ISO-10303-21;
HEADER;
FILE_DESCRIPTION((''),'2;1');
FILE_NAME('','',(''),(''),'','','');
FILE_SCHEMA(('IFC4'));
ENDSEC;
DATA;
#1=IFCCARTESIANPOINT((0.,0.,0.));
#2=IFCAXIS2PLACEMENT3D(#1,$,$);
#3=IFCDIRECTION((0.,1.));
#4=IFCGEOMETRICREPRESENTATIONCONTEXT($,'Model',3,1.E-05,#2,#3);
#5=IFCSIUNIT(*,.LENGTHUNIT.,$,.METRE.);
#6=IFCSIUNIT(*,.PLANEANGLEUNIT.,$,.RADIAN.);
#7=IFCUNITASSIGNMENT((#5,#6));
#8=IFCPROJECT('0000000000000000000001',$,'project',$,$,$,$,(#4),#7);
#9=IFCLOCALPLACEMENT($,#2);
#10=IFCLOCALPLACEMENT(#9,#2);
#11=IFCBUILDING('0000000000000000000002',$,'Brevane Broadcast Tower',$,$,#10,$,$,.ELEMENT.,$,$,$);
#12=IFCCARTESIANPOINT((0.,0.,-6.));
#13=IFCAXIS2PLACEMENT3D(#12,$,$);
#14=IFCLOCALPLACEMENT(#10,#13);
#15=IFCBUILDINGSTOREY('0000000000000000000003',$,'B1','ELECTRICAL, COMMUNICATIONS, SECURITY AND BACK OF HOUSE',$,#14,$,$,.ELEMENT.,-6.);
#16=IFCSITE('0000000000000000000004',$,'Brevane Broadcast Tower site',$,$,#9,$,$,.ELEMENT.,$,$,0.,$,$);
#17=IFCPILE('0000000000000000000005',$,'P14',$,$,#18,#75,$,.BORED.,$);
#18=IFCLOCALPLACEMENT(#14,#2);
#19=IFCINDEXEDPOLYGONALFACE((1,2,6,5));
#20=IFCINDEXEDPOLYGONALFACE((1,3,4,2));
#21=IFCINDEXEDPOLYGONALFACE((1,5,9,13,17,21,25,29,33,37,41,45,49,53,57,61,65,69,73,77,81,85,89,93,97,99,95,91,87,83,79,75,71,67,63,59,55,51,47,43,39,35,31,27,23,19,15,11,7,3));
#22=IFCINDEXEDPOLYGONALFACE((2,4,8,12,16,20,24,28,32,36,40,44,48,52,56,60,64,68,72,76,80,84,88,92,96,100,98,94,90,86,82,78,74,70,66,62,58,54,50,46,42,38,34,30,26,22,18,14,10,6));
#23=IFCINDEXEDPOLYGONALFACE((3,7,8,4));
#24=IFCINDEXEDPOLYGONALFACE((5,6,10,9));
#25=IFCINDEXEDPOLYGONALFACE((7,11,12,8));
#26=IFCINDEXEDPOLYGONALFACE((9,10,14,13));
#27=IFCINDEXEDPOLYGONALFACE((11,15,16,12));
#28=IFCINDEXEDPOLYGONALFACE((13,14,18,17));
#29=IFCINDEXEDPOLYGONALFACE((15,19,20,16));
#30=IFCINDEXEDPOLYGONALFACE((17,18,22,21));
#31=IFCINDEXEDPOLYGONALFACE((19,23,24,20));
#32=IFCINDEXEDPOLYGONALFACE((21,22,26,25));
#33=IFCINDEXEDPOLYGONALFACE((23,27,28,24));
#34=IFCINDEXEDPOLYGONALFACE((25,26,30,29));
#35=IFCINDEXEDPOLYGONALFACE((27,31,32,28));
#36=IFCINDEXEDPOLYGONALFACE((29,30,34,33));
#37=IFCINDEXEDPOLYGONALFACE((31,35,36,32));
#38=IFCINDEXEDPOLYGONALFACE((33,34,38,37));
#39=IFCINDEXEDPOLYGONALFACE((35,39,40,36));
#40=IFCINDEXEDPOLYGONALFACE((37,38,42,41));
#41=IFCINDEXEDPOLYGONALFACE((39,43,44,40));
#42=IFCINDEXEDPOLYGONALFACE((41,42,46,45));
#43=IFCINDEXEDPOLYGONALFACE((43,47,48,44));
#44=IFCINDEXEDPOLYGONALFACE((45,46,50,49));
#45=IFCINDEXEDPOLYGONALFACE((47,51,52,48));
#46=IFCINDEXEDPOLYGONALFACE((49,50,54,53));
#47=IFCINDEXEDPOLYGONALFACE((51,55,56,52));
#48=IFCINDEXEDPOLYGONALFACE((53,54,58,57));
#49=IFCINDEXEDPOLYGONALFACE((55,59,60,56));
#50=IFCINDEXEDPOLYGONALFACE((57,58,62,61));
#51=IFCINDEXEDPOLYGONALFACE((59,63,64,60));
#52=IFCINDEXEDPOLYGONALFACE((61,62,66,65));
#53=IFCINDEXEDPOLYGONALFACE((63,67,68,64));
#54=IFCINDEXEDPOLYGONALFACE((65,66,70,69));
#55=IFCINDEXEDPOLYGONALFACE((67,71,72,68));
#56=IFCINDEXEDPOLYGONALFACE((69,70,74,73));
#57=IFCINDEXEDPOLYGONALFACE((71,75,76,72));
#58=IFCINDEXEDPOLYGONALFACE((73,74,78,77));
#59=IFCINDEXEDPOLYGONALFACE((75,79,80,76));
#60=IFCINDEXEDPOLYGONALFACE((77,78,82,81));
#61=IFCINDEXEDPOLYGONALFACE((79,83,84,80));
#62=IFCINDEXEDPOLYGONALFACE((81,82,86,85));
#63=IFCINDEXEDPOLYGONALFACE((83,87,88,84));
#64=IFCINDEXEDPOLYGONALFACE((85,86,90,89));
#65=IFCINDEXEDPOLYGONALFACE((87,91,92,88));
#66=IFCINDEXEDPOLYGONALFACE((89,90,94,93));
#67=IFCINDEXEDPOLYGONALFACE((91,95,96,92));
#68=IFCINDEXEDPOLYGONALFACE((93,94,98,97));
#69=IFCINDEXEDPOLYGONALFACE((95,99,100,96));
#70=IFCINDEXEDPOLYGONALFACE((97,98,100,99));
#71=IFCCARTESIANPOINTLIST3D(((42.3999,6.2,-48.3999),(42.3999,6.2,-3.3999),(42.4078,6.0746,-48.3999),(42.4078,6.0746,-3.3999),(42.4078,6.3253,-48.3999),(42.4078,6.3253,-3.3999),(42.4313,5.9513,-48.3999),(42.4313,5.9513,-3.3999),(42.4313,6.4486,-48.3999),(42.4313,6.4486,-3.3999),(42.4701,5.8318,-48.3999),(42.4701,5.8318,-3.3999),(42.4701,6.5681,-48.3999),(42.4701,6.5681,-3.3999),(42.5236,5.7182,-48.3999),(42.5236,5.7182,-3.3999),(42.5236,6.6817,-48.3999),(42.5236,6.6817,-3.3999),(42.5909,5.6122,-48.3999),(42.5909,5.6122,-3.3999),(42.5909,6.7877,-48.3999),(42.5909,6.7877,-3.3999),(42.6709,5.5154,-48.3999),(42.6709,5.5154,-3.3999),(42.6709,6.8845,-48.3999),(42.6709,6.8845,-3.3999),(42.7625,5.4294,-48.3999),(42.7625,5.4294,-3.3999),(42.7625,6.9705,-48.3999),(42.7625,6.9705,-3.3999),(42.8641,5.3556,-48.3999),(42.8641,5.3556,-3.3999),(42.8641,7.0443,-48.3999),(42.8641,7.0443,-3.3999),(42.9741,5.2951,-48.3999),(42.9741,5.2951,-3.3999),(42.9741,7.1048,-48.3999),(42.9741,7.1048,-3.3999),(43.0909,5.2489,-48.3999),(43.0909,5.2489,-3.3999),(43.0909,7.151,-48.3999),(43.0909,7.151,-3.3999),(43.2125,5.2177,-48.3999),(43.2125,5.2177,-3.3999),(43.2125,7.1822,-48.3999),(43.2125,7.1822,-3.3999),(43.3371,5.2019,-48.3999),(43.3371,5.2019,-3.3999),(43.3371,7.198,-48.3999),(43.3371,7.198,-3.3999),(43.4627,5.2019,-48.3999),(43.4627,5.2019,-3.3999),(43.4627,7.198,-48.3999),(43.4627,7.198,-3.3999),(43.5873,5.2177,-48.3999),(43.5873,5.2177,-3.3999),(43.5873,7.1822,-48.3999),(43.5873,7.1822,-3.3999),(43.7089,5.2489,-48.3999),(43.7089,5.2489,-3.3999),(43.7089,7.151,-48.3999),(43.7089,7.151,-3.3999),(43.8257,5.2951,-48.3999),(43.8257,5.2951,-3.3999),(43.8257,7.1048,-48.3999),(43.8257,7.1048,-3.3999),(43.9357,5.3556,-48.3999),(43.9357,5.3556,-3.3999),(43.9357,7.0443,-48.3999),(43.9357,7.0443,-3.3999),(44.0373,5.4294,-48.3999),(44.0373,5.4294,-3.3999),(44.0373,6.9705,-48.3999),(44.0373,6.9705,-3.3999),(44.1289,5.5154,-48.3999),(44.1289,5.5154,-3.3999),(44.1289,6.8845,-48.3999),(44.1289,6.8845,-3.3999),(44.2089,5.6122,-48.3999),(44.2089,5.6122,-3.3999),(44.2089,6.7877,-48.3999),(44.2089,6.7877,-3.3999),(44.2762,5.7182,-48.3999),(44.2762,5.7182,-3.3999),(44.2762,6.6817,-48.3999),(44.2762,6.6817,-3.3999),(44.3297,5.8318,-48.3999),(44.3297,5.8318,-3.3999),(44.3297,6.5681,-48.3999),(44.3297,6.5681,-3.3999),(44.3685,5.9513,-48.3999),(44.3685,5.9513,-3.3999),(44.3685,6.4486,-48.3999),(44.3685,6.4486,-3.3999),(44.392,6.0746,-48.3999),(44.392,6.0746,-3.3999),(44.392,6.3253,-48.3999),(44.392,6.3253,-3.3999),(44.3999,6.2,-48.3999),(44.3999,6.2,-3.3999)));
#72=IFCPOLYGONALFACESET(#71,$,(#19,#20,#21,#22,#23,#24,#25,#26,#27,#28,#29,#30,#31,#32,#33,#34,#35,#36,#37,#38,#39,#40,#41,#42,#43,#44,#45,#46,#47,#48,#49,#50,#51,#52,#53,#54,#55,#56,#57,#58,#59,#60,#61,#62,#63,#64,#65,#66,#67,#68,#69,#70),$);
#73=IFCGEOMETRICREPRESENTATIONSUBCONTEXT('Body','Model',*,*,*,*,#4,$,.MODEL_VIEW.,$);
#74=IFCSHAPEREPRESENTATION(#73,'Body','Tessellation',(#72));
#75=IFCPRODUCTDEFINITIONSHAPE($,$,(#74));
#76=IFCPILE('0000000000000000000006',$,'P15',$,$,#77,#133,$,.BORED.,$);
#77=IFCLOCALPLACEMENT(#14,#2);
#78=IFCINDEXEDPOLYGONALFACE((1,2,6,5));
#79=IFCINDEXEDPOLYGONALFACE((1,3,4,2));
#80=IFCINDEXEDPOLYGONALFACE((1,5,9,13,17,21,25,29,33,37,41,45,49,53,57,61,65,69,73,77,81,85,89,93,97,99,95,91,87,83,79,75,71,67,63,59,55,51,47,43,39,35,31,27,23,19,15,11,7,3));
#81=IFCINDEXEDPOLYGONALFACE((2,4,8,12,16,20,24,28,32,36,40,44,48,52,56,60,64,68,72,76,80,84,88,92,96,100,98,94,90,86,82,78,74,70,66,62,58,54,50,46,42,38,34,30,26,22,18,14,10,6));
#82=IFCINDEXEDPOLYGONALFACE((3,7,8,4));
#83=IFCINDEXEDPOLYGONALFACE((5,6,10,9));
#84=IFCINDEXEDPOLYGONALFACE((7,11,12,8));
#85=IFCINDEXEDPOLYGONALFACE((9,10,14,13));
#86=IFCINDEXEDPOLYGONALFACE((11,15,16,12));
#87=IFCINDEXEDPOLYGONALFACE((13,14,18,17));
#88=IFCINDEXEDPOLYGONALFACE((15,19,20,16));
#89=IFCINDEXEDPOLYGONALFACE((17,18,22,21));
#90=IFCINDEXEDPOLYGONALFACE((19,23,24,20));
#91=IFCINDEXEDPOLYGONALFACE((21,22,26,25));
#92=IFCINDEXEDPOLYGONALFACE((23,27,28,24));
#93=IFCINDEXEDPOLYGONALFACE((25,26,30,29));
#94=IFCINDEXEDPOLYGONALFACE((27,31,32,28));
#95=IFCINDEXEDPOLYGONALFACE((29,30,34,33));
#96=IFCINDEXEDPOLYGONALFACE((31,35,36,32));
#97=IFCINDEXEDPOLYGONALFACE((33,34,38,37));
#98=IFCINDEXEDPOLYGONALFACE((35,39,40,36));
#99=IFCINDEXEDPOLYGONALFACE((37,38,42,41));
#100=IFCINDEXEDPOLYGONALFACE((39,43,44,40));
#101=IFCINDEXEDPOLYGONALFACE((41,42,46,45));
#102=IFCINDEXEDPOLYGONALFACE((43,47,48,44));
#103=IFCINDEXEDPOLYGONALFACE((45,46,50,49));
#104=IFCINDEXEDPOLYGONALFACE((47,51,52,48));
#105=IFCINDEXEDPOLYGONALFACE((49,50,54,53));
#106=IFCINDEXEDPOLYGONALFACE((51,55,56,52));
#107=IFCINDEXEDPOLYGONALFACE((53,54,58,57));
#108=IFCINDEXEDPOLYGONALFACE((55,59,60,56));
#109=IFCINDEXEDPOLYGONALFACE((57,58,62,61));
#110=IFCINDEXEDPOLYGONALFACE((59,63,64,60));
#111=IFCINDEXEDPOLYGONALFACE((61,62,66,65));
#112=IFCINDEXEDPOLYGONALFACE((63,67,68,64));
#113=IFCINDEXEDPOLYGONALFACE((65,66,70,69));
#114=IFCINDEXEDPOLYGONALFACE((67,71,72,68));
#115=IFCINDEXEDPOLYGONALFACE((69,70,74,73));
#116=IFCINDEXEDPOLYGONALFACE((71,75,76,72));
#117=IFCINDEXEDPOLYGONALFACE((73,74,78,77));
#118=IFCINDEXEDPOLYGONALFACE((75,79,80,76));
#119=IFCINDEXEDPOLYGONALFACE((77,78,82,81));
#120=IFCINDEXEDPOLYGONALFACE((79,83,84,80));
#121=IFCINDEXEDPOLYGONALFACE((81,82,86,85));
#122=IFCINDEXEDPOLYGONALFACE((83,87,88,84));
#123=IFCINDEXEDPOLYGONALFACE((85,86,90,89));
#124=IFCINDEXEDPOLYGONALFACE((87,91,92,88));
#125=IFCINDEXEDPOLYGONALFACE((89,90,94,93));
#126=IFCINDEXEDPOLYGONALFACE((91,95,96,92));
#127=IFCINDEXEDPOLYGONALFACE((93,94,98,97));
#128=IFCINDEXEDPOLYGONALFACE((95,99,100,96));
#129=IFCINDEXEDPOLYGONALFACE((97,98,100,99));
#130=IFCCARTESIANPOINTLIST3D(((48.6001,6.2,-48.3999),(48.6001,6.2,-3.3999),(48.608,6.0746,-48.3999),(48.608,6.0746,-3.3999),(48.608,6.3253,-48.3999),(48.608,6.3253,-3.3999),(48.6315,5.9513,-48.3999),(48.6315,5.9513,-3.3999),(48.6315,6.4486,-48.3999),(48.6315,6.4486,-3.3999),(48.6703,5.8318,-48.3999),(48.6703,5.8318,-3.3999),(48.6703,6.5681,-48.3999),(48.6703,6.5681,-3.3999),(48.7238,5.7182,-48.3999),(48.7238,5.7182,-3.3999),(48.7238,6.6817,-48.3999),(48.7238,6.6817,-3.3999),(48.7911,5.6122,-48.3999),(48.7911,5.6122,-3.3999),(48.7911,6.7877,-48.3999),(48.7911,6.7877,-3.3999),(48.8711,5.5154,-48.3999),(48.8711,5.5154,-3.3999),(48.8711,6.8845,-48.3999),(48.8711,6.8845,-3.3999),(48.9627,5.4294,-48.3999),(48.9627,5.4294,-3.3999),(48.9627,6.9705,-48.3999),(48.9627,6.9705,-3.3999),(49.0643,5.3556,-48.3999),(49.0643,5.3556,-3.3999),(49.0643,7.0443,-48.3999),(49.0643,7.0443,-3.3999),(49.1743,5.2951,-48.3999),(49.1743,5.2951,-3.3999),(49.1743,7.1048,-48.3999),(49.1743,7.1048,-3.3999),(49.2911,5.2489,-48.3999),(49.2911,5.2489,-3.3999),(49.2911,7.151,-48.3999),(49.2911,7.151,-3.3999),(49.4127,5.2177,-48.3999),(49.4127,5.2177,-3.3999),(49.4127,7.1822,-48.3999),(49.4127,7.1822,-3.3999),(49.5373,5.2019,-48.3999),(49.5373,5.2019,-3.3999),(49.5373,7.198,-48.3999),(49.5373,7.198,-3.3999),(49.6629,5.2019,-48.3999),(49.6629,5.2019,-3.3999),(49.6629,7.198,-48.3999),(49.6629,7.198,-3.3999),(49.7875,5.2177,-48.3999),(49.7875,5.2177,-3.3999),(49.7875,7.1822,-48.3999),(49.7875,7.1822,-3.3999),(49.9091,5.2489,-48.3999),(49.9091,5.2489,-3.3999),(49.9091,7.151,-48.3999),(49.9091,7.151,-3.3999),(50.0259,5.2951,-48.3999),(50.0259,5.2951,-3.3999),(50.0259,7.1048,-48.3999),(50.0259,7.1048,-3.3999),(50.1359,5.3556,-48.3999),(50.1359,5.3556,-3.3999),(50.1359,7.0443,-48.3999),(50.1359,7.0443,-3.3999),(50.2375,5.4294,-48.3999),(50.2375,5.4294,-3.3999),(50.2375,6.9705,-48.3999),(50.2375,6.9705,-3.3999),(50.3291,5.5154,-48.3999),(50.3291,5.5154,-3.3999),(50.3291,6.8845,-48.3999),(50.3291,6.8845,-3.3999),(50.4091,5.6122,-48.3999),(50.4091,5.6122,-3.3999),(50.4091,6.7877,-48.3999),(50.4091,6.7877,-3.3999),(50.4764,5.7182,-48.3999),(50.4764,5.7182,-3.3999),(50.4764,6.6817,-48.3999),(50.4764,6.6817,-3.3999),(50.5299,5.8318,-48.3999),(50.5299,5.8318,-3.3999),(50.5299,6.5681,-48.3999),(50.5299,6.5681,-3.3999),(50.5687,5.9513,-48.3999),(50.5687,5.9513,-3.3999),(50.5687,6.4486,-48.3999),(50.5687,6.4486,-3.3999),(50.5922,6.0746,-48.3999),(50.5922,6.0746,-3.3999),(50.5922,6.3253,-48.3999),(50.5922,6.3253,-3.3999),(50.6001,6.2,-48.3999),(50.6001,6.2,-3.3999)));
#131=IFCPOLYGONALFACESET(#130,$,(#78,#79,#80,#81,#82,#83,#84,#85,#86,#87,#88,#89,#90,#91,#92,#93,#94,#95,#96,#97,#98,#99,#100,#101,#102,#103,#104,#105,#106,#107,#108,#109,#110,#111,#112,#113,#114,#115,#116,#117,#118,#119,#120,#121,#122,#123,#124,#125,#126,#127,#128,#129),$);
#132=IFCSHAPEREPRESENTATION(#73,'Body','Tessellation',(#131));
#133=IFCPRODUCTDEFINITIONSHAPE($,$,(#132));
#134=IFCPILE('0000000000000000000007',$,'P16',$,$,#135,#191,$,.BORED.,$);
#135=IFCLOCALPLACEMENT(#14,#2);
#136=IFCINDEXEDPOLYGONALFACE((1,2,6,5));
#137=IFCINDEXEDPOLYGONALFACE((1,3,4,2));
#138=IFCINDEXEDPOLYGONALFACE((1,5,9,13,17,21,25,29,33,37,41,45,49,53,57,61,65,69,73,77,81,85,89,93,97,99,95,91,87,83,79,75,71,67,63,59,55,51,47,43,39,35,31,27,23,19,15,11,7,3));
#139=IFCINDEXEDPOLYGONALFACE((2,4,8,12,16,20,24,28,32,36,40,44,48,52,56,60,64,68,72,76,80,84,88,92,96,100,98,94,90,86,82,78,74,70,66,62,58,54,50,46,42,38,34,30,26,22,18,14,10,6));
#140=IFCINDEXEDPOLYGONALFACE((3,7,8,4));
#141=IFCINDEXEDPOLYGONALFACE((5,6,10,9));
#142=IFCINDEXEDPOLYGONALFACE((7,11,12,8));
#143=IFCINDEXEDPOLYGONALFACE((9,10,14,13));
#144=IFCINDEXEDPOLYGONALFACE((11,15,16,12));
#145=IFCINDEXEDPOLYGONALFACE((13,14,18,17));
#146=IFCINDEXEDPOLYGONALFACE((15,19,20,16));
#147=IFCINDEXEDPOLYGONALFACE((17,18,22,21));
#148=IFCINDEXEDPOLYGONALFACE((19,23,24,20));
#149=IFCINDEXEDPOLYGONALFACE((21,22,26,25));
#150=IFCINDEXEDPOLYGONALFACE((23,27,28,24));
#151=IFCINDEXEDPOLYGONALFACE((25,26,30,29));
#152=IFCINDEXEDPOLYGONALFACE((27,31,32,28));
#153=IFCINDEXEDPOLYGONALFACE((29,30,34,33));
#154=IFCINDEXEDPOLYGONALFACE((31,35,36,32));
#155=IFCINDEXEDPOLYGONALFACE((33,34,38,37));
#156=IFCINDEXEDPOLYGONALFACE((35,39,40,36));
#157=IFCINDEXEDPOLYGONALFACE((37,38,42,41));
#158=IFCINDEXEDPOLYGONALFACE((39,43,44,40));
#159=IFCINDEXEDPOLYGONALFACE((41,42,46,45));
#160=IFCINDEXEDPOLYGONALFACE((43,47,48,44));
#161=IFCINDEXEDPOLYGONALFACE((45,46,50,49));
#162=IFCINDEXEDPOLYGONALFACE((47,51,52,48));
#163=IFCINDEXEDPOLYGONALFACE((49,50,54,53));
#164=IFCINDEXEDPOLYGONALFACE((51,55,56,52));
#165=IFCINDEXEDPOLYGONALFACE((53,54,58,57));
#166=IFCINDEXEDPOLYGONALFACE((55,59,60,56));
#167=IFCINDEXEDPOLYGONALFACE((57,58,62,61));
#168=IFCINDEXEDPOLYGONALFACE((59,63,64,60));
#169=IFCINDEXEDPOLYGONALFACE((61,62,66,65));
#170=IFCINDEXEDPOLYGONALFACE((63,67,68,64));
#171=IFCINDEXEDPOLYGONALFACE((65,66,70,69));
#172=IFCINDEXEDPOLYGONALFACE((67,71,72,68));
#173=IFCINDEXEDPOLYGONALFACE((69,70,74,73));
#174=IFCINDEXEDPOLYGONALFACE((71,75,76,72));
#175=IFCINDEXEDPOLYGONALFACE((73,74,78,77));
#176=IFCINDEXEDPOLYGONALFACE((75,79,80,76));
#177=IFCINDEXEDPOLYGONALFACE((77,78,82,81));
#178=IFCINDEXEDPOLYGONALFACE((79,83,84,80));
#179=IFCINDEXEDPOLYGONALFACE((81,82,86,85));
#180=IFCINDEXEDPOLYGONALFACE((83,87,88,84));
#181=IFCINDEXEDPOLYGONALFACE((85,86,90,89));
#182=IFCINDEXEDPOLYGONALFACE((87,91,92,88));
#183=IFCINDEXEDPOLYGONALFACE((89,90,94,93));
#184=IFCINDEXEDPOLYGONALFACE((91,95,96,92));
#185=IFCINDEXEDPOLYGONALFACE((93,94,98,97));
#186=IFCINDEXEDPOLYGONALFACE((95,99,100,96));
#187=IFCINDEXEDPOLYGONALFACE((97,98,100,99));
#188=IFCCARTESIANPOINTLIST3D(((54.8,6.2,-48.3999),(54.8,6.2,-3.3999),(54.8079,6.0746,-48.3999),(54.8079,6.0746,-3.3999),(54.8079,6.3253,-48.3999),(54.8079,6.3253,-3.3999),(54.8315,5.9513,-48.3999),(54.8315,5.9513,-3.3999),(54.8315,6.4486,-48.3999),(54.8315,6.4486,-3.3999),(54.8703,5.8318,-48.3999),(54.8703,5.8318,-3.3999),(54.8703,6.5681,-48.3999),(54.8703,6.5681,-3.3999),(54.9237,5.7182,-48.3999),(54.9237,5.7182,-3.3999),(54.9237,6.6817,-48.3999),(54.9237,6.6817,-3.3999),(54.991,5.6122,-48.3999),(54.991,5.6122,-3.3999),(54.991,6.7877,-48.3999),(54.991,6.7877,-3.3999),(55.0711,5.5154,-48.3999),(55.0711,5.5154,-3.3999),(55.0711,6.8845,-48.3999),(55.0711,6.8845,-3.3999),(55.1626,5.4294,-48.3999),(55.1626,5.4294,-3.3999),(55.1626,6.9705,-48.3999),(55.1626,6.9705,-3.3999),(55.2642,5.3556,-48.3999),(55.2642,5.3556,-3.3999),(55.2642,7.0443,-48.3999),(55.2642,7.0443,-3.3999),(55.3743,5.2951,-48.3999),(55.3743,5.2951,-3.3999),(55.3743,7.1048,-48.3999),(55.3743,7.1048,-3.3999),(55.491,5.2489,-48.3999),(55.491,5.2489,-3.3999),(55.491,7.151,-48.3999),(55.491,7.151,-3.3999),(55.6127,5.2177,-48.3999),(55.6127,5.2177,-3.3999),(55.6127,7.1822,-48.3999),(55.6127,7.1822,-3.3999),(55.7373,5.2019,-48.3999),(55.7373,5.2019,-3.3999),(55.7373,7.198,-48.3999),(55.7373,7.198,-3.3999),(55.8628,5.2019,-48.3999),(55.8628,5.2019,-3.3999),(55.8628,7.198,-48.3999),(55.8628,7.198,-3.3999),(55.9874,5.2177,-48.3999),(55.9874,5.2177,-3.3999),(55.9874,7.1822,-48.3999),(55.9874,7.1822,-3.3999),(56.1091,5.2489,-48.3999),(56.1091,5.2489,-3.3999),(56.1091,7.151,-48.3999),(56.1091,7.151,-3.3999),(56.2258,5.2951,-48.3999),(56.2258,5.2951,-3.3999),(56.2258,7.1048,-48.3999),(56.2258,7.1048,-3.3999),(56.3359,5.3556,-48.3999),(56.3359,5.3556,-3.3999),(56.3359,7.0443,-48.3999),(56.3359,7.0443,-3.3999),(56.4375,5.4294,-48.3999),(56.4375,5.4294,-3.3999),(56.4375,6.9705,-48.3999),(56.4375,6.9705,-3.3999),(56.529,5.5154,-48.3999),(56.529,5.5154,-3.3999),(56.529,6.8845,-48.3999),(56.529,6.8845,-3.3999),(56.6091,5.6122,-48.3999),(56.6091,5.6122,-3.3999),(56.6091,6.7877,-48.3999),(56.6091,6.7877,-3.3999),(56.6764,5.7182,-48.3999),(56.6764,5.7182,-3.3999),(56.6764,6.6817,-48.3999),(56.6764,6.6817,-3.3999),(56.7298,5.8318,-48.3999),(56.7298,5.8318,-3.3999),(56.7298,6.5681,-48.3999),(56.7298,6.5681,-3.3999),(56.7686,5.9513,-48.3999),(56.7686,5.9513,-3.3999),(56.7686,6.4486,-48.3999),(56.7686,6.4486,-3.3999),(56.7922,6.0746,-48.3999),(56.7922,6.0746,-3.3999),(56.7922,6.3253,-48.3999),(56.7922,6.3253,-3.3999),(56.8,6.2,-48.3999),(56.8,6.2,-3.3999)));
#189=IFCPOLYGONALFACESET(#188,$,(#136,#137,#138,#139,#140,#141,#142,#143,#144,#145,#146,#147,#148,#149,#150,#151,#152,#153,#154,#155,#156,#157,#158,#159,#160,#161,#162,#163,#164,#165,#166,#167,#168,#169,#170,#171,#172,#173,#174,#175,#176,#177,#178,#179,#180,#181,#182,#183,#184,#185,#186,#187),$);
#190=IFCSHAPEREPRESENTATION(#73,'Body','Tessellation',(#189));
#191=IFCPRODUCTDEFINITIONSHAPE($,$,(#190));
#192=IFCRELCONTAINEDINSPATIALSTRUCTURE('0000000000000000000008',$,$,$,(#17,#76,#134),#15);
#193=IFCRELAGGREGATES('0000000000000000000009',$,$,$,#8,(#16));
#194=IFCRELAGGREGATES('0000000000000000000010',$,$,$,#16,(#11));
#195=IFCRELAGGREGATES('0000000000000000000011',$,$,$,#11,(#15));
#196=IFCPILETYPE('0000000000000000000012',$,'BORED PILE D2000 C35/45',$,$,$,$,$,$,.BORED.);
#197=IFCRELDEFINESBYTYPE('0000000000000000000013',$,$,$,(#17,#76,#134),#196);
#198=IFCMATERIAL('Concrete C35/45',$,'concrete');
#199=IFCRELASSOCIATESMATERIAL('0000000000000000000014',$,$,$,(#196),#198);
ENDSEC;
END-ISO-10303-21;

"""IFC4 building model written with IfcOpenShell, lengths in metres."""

from ifc_helpers import new_model, si_unit, direction, frame, origin, origin_2d, place, context, subcontext, project, spatial, circle, extrude, material, material_profile, profile_set, type_object, element, save


model = new_model("IFC4")

# Units and contexts
model_context = context("Model", 3, precision=1e-05, world=origin(), true_north=direction((0.0, 1.0)))
body_context = subcontext(model_context, "Body", "Model", "MODEL_VIEW")
ifc_project = project(units=[si_unit("LENGTHUNIT", "METRE"), si_unit("PLANEANGLEUNIT", "RADIAN")], contexts=[model_context])

# Site, building, storey
site_placement = place(None, origin())
site = spatial("IfcSite", under=ifc_project, at=site_placement, Name="Brevane Broadcast Tower site", CompositionType="ELEMENT", RefElevation=0.0)
building_placement = place(site_placement, origin())
building = spatial("IfcBuilding", under=site, at=building_placement, Name="Brevane Broadcast Tower", CompositionType="ELEMENT")
storey_placement = place(building_placement, frame((0.0, 0.0, -6.0)))
storey = spatial("IfcBuildingStorey", under=building, at=storey_placement, Name="B1", Description="ELECTRICAL, COMMUNICATIONS, SECURITY AND BACK OF HOUSE", CompositionType="ELEMENT", Elevation=-6.0)

# Piles
ifc_material_1 = material(Name="Concrete C35/45", Category="concrete")
ifc_material_profile_1 = material_profile(ifc_material_1, circle(Radius=1.0, at=origin_2d()), Name="RC D2000")
ifc_profile_set_1 = profile_set([ifc_material_profile_1], Name="Concrete C35/45")
pile_type = type_object("IfcPileType", Name="BORED PILE D2000 C35/45", PredefinedType="BORED", material=ifc_profile_set_1)
for number, where, z_axis, x_axis, name in (
    (1, (43.3999, 6.2, -3.3999), (0.0, 0.0, -1.0), (1.0, 0.0, 0.0), "P14"),
    (2, (49.6001, 6.2, -3.3999), (0.0, 0.0, -1.0), (1.0, 0.0, 0.0), "P15"),
    (3, (55.8, 6.2, -3.3999), (0.0, 0.0, -1.0), (1.0, 0.0, 0.0), "P16"),
):
    element("IfcPile", number, at=place(storey_placement, frame(where, z_axis=z_axis, x_axis=x_axis)), inside=storey, type_object=pile_type, Name=name, PredefinedType="BORED", context=body_context, shape_type="SweptSolid", body=[
        extrude(circle(Radius=1.0, at=origin_2d()), origin(), (0.0, 0.0, 1.0), 45.0),
    ])

save(model, "model.ifc")
